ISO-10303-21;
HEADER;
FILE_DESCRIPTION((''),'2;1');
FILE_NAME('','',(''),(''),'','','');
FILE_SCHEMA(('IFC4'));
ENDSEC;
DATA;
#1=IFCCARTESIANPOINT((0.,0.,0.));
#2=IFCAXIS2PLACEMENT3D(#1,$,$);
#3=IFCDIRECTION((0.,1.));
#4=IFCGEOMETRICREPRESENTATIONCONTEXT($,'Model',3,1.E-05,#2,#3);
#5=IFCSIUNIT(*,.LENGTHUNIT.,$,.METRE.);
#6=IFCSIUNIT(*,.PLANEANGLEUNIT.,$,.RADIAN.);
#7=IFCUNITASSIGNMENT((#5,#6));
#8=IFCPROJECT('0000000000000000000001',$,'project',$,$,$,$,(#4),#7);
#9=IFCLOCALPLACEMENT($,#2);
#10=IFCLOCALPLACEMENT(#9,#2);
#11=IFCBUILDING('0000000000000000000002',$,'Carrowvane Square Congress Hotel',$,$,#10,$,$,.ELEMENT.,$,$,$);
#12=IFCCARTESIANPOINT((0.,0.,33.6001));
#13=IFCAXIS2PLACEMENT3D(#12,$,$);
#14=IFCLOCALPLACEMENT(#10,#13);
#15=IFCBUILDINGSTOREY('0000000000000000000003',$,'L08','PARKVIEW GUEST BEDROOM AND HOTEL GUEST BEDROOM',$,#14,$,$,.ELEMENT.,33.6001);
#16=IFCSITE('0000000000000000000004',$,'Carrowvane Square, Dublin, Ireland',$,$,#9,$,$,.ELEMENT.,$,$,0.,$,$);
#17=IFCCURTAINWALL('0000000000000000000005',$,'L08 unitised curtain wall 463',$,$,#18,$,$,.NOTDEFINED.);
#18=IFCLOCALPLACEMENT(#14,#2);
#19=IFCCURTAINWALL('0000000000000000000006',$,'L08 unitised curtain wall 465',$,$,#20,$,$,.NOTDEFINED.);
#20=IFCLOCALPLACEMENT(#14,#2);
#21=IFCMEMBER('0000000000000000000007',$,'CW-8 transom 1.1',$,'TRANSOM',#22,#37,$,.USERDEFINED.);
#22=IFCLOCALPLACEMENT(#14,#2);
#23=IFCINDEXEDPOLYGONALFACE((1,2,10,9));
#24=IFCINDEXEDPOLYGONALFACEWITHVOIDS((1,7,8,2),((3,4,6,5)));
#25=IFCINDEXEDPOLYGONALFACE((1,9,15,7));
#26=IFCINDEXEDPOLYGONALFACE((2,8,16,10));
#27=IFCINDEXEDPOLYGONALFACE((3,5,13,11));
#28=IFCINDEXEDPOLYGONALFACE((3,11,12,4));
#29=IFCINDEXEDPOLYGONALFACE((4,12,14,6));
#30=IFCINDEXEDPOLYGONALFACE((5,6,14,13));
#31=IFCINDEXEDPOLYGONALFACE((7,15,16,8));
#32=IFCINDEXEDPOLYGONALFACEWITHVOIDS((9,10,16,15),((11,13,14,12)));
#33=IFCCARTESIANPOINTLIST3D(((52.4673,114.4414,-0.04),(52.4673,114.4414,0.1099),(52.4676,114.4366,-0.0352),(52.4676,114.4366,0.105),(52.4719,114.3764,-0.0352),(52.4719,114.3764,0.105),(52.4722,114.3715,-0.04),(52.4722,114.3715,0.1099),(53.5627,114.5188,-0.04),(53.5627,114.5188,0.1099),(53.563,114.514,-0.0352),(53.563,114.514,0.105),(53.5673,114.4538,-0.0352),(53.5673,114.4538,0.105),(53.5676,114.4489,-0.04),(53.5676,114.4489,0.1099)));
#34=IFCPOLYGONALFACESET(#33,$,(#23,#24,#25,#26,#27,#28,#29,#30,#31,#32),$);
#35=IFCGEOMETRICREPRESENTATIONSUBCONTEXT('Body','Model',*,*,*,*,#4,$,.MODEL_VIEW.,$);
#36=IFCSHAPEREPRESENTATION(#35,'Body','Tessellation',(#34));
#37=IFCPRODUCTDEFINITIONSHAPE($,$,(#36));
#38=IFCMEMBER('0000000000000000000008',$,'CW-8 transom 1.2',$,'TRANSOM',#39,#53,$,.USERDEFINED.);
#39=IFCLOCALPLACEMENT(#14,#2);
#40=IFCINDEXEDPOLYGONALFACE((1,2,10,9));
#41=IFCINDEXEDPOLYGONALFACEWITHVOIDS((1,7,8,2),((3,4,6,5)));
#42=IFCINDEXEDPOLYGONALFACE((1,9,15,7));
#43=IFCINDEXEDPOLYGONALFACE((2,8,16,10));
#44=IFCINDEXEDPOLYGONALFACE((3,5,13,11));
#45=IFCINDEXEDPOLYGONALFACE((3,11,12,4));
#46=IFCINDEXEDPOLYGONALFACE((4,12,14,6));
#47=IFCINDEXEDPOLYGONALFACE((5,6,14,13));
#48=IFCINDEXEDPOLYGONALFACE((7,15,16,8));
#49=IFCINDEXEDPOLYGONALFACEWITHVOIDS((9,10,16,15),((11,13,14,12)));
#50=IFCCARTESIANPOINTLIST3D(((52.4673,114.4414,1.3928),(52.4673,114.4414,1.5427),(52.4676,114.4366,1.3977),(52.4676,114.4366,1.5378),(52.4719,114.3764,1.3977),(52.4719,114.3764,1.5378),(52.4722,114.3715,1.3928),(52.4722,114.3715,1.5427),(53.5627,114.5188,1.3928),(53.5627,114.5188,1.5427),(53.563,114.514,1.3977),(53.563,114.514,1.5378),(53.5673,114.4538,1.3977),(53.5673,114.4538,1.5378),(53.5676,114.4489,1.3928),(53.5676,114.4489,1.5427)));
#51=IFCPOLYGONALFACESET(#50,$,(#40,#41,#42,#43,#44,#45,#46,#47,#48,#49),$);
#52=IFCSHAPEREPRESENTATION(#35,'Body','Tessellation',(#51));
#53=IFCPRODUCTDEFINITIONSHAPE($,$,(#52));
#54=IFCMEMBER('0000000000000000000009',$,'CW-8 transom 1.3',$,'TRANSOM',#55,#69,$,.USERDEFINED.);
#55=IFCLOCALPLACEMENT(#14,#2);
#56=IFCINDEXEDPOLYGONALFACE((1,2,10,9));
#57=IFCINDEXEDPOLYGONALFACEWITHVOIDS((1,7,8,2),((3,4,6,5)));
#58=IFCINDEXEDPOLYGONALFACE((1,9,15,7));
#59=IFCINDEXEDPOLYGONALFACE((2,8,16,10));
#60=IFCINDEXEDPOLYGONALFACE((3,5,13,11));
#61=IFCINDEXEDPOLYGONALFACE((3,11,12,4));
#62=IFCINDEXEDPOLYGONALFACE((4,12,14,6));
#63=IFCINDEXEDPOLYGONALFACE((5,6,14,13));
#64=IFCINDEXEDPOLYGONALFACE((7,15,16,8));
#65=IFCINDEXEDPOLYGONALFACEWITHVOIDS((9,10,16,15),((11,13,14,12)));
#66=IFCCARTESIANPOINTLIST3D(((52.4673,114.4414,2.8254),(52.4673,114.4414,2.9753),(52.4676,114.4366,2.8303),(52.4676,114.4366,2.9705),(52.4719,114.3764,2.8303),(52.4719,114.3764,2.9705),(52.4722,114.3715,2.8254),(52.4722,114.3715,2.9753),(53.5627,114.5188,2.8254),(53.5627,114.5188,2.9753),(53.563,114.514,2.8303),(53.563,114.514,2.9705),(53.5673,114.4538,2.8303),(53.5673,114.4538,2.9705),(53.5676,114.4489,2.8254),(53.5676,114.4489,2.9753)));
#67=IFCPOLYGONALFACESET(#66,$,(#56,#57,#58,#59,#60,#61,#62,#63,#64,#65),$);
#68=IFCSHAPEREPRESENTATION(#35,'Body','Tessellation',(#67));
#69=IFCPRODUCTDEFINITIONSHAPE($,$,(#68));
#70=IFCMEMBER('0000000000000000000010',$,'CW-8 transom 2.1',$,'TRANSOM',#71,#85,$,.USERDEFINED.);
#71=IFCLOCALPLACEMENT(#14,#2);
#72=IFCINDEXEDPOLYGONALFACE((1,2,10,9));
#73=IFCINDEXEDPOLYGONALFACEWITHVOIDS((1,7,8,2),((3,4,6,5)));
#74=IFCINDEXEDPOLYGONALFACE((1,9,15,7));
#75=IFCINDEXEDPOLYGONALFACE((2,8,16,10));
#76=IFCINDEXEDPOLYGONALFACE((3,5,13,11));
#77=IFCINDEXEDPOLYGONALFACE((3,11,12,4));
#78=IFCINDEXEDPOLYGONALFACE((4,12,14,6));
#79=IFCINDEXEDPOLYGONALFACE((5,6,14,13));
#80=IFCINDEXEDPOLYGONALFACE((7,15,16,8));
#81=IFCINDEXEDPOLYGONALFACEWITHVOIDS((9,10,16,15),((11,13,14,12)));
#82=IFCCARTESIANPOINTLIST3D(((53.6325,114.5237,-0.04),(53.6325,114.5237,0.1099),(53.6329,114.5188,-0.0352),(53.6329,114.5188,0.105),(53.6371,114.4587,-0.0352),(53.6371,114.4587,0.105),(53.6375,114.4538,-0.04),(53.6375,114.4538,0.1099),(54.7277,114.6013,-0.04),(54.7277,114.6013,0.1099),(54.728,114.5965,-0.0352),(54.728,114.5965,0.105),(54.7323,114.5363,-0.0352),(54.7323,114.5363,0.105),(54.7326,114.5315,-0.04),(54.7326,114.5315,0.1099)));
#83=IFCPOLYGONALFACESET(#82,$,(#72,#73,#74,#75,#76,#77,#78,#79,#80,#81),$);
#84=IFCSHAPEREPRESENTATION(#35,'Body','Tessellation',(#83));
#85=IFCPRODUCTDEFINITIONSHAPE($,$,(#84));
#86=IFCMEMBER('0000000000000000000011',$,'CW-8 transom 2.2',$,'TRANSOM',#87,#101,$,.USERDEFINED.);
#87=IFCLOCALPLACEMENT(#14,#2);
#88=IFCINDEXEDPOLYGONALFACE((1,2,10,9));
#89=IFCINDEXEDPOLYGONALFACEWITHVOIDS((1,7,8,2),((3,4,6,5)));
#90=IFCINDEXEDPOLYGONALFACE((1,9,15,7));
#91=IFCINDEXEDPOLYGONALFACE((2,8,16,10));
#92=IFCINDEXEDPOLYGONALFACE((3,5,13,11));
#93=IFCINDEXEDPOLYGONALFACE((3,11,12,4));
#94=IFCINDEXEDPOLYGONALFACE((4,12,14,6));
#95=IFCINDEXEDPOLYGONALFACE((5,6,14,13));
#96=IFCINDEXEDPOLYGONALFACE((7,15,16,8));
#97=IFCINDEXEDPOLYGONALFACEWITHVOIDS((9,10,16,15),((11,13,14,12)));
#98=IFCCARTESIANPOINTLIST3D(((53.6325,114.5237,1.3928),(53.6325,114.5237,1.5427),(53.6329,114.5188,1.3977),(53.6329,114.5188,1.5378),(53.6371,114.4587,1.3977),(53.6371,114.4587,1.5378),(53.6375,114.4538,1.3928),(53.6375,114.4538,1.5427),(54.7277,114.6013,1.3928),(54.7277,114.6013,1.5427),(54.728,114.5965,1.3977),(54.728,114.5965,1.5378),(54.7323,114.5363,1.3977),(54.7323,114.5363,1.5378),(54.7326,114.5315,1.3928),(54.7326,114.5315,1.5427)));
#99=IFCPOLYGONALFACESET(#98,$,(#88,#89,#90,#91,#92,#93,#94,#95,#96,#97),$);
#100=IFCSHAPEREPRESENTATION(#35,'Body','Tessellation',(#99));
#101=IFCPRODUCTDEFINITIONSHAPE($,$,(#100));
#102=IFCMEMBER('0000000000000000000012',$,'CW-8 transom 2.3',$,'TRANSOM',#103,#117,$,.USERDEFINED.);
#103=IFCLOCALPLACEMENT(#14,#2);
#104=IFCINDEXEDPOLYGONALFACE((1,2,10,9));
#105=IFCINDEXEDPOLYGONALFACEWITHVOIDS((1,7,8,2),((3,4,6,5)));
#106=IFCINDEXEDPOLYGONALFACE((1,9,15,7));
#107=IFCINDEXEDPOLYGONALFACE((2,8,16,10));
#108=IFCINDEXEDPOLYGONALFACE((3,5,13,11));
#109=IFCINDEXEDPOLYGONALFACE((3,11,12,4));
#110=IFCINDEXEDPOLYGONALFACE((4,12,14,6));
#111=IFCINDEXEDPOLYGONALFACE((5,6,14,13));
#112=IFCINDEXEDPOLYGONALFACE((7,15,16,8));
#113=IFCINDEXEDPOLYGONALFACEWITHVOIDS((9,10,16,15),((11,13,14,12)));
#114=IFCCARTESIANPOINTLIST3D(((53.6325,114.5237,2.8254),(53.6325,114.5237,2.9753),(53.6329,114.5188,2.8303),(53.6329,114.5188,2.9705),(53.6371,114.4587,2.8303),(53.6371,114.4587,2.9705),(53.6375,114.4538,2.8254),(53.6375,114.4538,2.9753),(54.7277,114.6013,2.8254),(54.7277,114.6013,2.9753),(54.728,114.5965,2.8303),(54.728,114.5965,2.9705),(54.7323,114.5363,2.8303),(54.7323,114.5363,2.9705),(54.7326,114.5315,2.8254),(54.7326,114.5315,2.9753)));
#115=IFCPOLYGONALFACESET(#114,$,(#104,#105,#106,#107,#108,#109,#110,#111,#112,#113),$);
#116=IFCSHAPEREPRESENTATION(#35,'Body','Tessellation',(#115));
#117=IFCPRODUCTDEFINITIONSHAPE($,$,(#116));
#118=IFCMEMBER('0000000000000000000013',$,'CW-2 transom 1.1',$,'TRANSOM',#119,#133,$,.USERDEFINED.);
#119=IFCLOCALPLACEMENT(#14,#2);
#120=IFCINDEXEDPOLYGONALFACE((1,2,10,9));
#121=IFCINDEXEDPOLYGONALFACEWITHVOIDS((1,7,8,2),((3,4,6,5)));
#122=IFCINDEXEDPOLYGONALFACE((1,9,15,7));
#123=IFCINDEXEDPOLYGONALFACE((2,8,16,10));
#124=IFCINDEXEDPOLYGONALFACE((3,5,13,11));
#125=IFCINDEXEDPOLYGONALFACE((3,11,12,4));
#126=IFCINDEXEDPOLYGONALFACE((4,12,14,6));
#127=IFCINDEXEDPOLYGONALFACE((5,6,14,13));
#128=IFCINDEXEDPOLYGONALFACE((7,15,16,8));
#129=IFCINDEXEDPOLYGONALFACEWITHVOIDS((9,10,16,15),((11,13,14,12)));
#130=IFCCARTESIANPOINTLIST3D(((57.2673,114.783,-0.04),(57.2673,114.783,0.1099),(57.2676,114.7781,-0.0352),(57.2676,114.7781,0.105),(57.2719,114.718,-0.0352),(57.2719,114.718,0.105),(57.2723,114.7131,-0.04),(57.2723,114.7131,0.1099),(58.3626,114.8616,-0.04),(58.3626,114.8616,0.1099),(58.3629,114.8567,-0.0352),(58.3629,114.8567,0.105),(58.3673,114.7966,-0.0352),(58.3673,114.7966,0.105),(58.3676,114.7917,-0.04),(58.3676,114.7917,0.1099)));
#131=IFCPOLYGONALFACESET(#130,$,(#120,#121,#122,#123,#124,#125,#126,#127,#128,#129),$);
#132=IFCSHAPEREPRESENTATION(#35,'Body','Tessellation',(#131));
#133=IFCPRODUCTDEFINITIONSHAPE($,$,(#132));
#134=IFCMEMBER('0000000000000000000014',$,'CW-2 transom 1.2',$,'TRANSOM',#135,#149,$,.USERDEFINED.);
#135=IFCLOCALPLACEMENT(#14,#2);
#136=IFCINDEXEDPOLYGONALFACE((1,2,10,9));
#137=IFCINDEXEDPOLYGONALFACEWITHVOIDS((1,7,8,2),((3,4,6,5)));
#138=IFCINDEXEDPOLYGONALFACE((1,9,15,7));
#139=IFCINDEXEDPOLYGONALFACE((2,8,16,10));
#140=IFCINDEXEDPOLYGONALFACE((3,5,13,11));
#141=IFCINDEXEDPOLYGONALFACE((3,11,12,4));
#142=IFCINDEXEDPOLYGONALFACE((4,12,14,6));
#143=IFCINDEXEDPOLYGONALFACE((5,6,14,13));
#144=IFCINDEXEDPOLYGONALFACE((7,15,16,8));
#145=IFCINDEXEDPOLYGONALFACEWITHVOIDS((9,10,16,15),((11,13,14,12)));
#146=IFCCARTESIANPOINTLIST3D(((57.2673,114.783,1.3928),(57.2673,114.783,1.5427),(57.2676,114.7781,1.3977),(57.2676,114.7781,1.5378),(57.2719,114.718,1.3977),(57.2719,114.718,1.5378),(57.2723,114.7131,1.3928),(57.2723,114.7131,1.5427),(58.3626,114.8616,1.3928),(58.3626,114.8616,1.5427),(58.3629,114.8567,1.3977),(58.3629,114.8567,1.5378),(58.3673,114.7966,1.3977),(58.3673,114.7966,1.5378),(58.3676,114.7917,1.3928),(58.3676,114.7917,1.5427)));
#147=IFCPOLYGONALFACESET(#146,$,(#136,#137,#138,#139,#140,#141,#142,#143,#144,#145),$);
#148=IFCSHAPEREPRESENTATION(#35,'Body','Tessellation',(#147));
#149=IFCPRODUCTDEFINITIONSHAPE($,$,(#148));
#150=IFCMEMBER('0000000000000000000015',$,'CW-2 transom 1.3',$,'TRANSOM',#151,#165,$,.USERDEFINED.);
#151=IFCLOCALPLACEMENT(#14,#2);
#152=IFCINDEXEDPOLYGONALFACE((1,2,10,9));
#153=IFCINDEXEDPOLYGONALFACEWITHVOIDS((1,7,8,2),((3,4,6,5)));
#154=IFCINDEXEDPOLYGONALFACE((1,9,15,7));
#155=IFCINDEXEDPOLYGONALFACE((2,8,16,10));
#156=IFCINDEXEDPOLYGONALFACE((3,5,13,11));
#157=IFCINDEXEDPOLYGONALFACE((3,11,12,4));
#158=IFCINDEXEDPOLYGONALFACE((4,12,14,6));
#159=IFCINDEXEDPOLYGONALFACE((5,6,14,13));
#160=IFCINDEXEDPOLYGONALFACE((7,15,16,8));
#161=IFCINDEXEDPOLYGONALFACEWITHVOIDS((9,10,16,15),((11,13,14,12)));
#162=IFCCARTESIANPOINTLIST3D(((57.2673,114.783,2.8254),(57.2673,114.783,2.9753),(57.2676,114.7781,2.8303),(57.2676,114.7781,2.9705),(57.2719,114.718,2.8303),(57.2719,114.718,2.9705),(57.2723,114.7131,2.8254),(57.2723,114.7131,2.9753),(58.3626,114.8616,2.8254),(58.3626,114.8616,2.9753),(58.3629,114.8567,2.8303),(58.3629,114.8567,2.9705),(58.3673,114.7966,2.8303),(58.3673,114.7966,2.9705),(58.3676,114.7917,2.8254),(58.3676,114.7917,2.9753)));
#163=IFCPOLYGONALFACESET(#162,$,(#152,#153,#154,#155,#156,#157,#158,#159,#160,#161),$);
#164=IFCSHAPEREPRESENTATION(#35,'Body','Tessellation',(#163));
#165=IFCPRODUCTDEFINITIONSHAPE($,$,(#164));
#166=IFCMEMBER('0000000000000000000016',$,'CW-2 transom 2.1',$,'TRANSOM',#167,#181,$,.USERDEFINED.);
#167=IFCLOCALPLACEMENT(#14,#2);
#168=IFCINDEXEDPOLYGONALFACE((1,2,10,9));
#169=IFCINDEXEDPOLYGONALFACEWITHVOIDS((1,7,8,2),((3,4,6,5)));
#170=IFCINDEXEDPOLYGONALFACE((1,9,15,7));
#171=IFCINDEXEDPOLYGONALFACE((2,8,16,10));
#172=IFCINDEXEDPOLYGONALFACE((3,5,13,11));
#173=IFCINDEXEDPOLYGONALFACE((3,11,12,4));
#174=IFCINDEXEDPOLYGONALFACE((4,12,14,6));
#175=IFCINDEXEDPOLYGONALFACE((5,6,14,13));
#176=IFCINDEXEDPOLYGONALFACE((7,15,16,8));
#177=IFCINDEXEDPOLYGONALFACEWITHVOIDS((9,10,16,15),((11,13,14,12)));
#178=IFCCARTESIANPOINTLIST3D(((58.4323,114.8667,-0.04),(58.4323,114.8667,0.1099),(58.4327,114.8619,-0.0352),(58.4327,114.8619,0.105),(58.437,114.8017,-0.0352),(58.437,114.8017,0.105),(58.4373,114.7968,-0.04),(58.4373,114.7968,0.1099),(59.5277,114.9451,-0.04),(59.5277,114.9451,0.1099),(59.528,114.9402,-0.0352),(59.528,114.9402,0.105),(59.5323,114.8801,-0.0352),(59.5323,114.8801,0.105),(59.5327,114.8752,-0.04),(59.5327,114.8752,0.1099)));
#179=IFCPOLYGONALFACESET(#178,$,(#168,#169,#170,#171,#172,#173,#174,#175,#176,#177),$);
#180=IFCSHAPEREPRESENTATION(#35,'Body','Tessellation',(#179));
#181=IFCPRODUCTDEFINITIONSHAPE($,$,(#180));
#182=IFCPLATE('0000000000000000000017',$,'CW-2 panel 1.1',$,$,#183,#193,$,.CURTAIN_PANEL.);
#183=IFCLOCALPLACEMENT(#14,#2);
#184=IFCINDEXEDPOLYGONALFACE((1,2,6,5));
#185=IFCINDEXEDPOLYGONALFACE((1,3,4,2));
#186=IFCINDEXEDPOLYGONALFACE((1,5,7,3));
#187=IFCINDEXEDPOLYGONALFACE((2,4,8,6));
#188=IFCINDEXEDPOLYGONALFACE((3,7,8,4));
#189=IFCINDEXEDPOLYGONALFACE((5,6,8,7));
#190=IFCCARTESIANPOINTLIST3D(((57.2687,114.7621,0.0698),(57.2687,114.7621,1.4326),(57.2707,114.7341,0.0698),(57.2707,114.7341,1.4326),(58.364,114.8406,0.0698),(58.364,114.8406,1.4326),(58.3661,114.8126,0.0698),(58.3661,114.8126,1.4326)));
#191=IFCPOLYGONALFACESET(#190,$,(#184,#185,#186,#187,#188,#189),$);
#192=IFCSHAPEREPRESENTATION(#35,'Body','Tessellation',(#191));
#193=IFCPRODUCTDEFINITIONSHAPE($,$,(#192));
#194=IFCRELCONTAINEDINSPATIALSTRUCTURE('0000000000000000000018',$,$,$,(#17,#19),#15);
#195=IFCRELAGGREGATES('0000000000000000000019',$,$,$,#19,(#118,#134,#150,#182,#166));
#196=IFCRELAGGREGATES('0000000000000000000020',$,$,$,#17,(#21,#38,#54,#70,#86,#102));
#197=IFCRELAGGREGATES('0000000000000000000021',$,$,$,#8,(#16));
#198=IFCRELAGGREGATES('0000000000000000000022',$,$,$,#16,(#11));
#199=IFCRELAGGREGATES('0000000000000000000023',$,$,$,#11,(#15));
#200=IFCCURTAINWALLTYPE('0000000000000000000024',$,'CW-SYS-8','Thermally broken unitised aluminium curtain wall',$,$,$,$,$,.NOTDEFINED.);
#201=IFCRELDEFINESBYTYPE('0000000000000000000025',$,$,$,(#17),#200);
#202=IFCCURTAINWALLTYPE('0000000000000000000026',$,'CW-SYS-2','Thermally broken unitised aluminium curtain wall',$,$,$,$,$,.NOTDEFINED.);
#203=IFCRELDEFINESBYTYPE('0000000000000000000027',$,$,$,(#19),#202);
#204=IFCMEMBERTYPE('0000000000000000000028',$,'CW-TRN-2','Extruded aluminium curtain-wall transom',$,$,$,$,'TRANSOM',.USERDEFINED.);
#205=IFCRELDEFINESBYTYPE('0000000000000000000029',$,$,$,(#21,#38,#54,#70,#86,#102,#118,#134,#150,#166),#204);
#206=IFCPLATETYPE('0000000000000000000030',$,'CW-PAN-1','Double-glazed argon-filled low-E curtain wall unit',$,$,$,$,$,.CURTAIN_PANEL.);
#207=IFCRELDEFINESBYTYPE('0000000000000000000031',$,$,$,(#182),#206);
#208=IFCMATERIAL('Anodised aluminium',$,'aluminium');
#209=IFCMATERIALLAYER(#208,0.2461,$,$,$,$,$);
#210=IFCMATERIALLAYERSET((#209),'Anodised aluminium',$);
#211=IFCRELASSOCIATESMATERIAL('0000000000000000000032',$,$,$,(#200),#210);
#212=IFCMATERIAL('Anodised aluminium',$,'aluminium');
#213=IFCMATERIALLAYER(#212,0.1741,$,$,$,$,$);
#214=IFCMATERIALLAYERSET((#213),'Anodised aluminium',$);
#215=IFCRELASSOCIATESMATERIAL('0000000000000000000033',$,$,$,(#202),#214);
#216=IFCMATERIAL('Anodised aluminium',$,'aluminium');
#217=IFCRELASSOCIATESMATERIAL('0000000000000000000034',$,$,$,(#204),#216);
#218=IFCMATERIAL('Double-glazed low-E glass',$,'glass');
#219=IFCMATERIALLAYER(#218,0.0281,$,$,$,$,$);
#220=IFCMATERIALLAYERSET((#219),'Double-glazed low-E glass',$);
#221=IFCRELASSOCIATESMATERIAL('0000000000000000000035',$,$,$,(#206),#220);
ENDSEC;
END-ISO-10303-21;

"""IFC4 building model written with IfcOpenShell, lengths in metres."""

from ifc_helpers import new_model, si_unit, direction, frame, origin, origin_2d, place, context, subcontext, project, spatial, rectangle, hollow_rectangle, extrude, material, layer, layer_set, material_profile, profile_set, type_object, element, aggregate, save


model = new_model("IFC4")

# Units and contexts
model_context = context("Model", 3, precision=1e-05, world=origin(), true_north=direction((0.0, 1.0)))
body_context = subcontext(model_context, "Body", "Model", "MODEL_VIEW")
ifc_project = project(units=[si_unit("LENGTHUNIT", "METRE"), si_unit("PLANEANGLEUNIT", "RADIAN")], contexts=[model_context])

# Site, building, storey
site_placement = place(None, origin())
site = spatial("IfcSite", under=ifc_project, at=site_placement, Name="Carrowvane Square, Dublin, Ireland", CompositionType="ELEMENT", RefElevation=0.0)
building_placement = place(site_placement, origin())
building = spatial("IfcBuilding", under=site, at=building_placement, Name="Carrowvane Square Congress Hotel", CompositionType="ELEMENT")
storey_placement = place(building_placement, frame((0.0, 0.0, 33.6001)))
storey = spatial("IfcBuildingStorey", under=building, at=storey_placement, Name="L08", Description="PARKVIEW GUEST BEDROOM AND HOTEL GUEST BEDROOM", CompositionType="ELEMENT", Elevation=33.6001)

# Curtain walls
ifc_material_1 = material(Name="Anodised aluminium", Category="aluminium")
ifc_layer_1 = layer(ifc_material_1, 0.2461)
ifc_layer_set_1 = layer_set([ifc_layer_1], Name="Anodised aluminium")
curtain_wall_type_1 = type_object("IfcCurtainWallType", Name="CW-SYS-8", Description="Thermally broken unitised aluminium curtain wall", PredefinedType="NOTDEFINED", material=ifc_layer_set_1)
curtain_wall_1_placement = place(storey_placement, origin())
curtain_wall_1 = element("IfcCurtainWall", 1, at=curtain_wall_1_placement, inside=storey, type_object=curtain_wall_type_1, Name="L08 unitised curtain wall 463", PredefinedType="NOTDEFINED")
ifc_material_2 = material(Name="Anodised aluminium", Category="aluminium")
ifc_layer_2 = layer(ifc_material_2, 0.1741)
ifc_layer_set_2 = layer_set([ifc_layer_2], Name="Anodised aluminium")
curtain_wall_type_2 = type_object("IfcCurtainWallType", Name="CW-SYS-2", Description="Thermally broken unitised aluminium curtain wall", PredefinedType="NOTDEFINED", material=ifc_layer_set_2)
curtain_wall_2_placement = place(storey_placement, origin())
curtain_wall_2 = element("IfcCurtainWall", 2, at=curtain_wall_2_placement, inside=storey, type_object=curtain_wall_type_2, Name="L08 unitised curtain wall 465", PredefinedType="NOTDEFINED")

# Members
ifc_material_3 = material(Name="Anodised aluminium", Category="aluminium")
ifc_material_profile_1 = material_profile(ifc_material_3, hollow_rectangle(XDim=0.0701, YDim=0.1499, WallThickness=0.0049, at=origin_2d()), Name="CW-TR 70x150x5")
ifc_profile_set_1 = profile_set([ifc_material_profile_1], Name="Anodised aluminium")
member_type_1 = type_object("IfcMemberType", Name="CW-TRN-2", Description="Extruded aluminium curtain-wall transom", ElementType="TRANSOM", PredefinedType="USERDEFINED", material=ifc_profile_set_1)
member_1_placement = place(storey_placement, frame((52.4697, 114.4065, 0.0349), z_axis=(0.997514, 0.070473, 0.0), x_axis=(-0.070473, 0.997514, 0.0)))
member_1 = element("IfcMember", 3, at=member_1_placement, type_object=member_type_1, Name="CW-8 transom 1.1", ObjectType="TRANSOM", PredefinedType="USERDEFINED", context=body_context, shape_type="SweptSolid", body=[
    extrude(hollow_rectangle(XDim=0.0701, YDim=0.1499, WallThickness=0.0049, at=origin_2d()), origin(), (0.0, 0.0, 1.0), 1.0981),
])
member_2_placement = place(storey_placement, frame((52.4697, 114.4065, 1.4678), z_axis=(0.997514, 0.070473, 0.0), x_axis=(-0.070473, 0.997514, 0.0)))
member_2 = element("IfcMember", 4, at=member_2_placement, type_object=member_type_1, Name="CW-8 transom 1.2", ObjectType="TRANSOM", PredefinedType="USERDEFINED", context=body_context, shape_type="SweptSolid", body=[
    extrude(hollow_rectangle(XDim=0.0701, YDim=0.1499, WallThickness=0.0049, at=origin_2d()), origin(), (0.0, 0.0, 1.0), 1.0981),
])
member_3_placement = place(storey_placement, frame((52.4697, 114.4065, 2.9004), z_axis=(0.997514, 0.070473, 0.0), x_axis=(-0.070473, 0.997514, 0.0)))
member_3 = element("IfcMember", 5, at=member_3_placement, type_object=member_type_1, Name="CW-8 transom 1.3", ObjectType="TRANSOM", PredefinedType="USERDEFINED", context=body_context, shape_type="SweptSolid", body=[
    extrude(hollow_rectangle(XDim=0.0701, YDim=0.1499, WallThickness=0.0049, at=origin_2d()), origin(), (0.0, 0.0, 1.0), 1.0981),
])
member_4_placement = place(storey_placement, frame((53.635, 114.4888, 0.0349), z_axis=(0.997497, 0.07071, 0.0), x_axis=(-0.07071, 0.997497, 0.0)))
member_4 = element("IfcMember", 6, at=member_4_placement, type_object=member_type_1, Name="CW-8 transom 2.1", ObjectType="TRANSOM", PredefinedType="USERDEFINED", context=body_context, shape_type="SweptSolid", body=[
    extrude(hollow_rectangle(XDim=0.0701, YDim=0.1499, WallThickness=0.0049, at=origin_2d()), origin(), (0.0, 0.0, 1.0), 1.0979),
])
member_5_placement = place(storey_placement, frame((53.635, 114.4888, 1.4678), z_axis=(0.997497, 0.07071, 0.0), x_axis=(-0.07071, 0.997497, 0.0)))
member_5 = element("IfcMember", 7, at=member_5_placement, type_object=member_type_1, Name="CW-8 transom 2.2", ObjectType="TRANSOM", PredefinedType="USERDEFINED", context=body_context, shape_type="SweptSolid", body=[
    extrude(hollow_rectangle(XDim=0.0701, YDim=0.1499, WallThickness=0.0049, at=origin_2d()), origin(), (0.0, 0.0, 1.0), 1.0979),
])
member_6_placement = place(storey_placement, frame((53.635, 114.4888, 2.9004), z_axis=(0.997497, 0.07071, 0.0), x_axis=(-0.07071, 0.997497, 0.0)))
member_6 = element("IfcMember", 8, at=member_6_placement, type_object=member_type_1, Name="CW-8 transom 2.3", ObjectType="TRANSOM", PredefinedType="USERDEFINED", context=body_context, shape_type="SweptSolid", body=[
    extrude(hollow_rectangle(XDim=0.0701, YDim=0.1499, WallThickness=0.0049, at=origin_2d()), origin(), (0.0, 0.0, 1.0), 1.0979),
])
member_7_placement = place(storey_placement, frame((57.2698, 114.748, 0.0349), z_axis=(0.997434, 0.071595, 0.0), x_axis=(-0.071595, 0.997434, 0.0)))
member_7 = element("IfcMember", 9, at=member_7_placement, type_object=member_type_1, Name="CW-2 transom 1.1", ObjectType="TRANSOM", PredefinedType="USERDEFINED", context=body_context, shape_type="SweptSolid", body=[
    extrude(hollow_rectangle(XDim=0.0701, YDim=0.1499, WallThickness=0.0049, at=origin_2d()), origin(), (0.0, 0.0, 1.0), 1.0981),
])
member_8_placement = place(storey_placement, frame((57.2698, 114.748, 1.4678), z_axis=(0.997434, 0.071595, 0.0), x_axis=(-0.071595, 0.997434, 0.0)))
member_8 = element("IfcMember", 10, at=member_8_placement, type_object=member_type_1, Name="CW-2 transom 1.2", ObjectType="TRANSOM", PredefinedType="USERDEFINED", context=body_context, shape_type="SweptSolid", body=[
    extrude(hollow_rectangle(XDim=0.0701, YDim=0.1499, WallThickness=0.0049, at=origin_2d()), origin(), (0.0, 0.0, 1.0), 1.0981),
])
member_9_placement = place(storey_placement, frame((57.2698, 114.748, 2.9004), z_axis=(0.997434, 0.071595, 0.0), x_axis=(-0.071595, 0.997434, 0.0)))
member_9 = element("IfcMember", 11, at=member_9_placement, type_object=member_type_1, Name="CW-2 transom 1.3", ObjectType="TRANSOM", PredefinedType="USERDEFINED", context=body_context, shape_type="SweptSolid", body=[
    extrude(hollow_rectangle(XDim=0.0701, YDim=0.1499, WallThickness=0.0049, at=origin_2d()), origin(), (0.0, 0.0, 1.0), 1.0981),
])
member_10_placement = place(storey_placement, frame((58.4348, 114.8318, 0.0349), z_axis=(0.997451, 0.071358, 0.0), x_axis=(-0.071358, 0.997451, 0.0)))
member_10 = element("IfcMember", 12, at=member_10_placement, type_object=member_type_1, Name="CW-2 transom 2.1", ObjectType="TRANSOM", PredefinedType="USERDEFINED", context=body_context, shape_type="SweptSolid", body=[
    extrude(hollow_rectangle(XDim=0.0701, YDim=0.1499, WallThickness=0.0049, at=origin_2d()), origin(), (0.0, 0.0, 1.0), 1.0981),
])

# Plate
ifc_material_4 = material(Name="Double-glazed low-E glass", Category="glass")
ifc_layer_3 = layer(ifc_material_4, 0.0281)
ifc_layer_set_3 = layer_set([ifc_layer_3], Name="Double-glazed low-E glass")
plate_type_1 = type_object("IfcPlateType", Name="CW-PAN-1", Description="Double-glazed argon-filled low-E curtain wall unit", PredefinedType="CURTAIN_PANEL", material=ifc_layer_set_3)
plate_1_placement = place(storey_placement, frame((57.8174, 114.7874, 0.0698), z_axis=(0.0, 0.0, 1.0), x_axis=(0.997438, 0.071532, 0.0)))
plate_1 = element("IfcPlate", 13, at=plate_1_placement, type_object=plate_type_1, Name="CW-2 panel 1.1", PredefinedType="CURTAIN_PANEL", context=body_context, shape_type="SweptSolid", body=[
    extrude(rectangle(XDim=1.0981, YDim=0.0281, at=origin_2d()), origin(), (0.0, 0.0, 1.0), 1.3628),
])
aggregate(curtain_wall_2, [member_7, member_8, member_9, plate_1, member_10])
aggregate(curtain_wall_1, [member_1, member_2, member_3, member_4, member_5, member_6])

save(model, "model.ifc")
